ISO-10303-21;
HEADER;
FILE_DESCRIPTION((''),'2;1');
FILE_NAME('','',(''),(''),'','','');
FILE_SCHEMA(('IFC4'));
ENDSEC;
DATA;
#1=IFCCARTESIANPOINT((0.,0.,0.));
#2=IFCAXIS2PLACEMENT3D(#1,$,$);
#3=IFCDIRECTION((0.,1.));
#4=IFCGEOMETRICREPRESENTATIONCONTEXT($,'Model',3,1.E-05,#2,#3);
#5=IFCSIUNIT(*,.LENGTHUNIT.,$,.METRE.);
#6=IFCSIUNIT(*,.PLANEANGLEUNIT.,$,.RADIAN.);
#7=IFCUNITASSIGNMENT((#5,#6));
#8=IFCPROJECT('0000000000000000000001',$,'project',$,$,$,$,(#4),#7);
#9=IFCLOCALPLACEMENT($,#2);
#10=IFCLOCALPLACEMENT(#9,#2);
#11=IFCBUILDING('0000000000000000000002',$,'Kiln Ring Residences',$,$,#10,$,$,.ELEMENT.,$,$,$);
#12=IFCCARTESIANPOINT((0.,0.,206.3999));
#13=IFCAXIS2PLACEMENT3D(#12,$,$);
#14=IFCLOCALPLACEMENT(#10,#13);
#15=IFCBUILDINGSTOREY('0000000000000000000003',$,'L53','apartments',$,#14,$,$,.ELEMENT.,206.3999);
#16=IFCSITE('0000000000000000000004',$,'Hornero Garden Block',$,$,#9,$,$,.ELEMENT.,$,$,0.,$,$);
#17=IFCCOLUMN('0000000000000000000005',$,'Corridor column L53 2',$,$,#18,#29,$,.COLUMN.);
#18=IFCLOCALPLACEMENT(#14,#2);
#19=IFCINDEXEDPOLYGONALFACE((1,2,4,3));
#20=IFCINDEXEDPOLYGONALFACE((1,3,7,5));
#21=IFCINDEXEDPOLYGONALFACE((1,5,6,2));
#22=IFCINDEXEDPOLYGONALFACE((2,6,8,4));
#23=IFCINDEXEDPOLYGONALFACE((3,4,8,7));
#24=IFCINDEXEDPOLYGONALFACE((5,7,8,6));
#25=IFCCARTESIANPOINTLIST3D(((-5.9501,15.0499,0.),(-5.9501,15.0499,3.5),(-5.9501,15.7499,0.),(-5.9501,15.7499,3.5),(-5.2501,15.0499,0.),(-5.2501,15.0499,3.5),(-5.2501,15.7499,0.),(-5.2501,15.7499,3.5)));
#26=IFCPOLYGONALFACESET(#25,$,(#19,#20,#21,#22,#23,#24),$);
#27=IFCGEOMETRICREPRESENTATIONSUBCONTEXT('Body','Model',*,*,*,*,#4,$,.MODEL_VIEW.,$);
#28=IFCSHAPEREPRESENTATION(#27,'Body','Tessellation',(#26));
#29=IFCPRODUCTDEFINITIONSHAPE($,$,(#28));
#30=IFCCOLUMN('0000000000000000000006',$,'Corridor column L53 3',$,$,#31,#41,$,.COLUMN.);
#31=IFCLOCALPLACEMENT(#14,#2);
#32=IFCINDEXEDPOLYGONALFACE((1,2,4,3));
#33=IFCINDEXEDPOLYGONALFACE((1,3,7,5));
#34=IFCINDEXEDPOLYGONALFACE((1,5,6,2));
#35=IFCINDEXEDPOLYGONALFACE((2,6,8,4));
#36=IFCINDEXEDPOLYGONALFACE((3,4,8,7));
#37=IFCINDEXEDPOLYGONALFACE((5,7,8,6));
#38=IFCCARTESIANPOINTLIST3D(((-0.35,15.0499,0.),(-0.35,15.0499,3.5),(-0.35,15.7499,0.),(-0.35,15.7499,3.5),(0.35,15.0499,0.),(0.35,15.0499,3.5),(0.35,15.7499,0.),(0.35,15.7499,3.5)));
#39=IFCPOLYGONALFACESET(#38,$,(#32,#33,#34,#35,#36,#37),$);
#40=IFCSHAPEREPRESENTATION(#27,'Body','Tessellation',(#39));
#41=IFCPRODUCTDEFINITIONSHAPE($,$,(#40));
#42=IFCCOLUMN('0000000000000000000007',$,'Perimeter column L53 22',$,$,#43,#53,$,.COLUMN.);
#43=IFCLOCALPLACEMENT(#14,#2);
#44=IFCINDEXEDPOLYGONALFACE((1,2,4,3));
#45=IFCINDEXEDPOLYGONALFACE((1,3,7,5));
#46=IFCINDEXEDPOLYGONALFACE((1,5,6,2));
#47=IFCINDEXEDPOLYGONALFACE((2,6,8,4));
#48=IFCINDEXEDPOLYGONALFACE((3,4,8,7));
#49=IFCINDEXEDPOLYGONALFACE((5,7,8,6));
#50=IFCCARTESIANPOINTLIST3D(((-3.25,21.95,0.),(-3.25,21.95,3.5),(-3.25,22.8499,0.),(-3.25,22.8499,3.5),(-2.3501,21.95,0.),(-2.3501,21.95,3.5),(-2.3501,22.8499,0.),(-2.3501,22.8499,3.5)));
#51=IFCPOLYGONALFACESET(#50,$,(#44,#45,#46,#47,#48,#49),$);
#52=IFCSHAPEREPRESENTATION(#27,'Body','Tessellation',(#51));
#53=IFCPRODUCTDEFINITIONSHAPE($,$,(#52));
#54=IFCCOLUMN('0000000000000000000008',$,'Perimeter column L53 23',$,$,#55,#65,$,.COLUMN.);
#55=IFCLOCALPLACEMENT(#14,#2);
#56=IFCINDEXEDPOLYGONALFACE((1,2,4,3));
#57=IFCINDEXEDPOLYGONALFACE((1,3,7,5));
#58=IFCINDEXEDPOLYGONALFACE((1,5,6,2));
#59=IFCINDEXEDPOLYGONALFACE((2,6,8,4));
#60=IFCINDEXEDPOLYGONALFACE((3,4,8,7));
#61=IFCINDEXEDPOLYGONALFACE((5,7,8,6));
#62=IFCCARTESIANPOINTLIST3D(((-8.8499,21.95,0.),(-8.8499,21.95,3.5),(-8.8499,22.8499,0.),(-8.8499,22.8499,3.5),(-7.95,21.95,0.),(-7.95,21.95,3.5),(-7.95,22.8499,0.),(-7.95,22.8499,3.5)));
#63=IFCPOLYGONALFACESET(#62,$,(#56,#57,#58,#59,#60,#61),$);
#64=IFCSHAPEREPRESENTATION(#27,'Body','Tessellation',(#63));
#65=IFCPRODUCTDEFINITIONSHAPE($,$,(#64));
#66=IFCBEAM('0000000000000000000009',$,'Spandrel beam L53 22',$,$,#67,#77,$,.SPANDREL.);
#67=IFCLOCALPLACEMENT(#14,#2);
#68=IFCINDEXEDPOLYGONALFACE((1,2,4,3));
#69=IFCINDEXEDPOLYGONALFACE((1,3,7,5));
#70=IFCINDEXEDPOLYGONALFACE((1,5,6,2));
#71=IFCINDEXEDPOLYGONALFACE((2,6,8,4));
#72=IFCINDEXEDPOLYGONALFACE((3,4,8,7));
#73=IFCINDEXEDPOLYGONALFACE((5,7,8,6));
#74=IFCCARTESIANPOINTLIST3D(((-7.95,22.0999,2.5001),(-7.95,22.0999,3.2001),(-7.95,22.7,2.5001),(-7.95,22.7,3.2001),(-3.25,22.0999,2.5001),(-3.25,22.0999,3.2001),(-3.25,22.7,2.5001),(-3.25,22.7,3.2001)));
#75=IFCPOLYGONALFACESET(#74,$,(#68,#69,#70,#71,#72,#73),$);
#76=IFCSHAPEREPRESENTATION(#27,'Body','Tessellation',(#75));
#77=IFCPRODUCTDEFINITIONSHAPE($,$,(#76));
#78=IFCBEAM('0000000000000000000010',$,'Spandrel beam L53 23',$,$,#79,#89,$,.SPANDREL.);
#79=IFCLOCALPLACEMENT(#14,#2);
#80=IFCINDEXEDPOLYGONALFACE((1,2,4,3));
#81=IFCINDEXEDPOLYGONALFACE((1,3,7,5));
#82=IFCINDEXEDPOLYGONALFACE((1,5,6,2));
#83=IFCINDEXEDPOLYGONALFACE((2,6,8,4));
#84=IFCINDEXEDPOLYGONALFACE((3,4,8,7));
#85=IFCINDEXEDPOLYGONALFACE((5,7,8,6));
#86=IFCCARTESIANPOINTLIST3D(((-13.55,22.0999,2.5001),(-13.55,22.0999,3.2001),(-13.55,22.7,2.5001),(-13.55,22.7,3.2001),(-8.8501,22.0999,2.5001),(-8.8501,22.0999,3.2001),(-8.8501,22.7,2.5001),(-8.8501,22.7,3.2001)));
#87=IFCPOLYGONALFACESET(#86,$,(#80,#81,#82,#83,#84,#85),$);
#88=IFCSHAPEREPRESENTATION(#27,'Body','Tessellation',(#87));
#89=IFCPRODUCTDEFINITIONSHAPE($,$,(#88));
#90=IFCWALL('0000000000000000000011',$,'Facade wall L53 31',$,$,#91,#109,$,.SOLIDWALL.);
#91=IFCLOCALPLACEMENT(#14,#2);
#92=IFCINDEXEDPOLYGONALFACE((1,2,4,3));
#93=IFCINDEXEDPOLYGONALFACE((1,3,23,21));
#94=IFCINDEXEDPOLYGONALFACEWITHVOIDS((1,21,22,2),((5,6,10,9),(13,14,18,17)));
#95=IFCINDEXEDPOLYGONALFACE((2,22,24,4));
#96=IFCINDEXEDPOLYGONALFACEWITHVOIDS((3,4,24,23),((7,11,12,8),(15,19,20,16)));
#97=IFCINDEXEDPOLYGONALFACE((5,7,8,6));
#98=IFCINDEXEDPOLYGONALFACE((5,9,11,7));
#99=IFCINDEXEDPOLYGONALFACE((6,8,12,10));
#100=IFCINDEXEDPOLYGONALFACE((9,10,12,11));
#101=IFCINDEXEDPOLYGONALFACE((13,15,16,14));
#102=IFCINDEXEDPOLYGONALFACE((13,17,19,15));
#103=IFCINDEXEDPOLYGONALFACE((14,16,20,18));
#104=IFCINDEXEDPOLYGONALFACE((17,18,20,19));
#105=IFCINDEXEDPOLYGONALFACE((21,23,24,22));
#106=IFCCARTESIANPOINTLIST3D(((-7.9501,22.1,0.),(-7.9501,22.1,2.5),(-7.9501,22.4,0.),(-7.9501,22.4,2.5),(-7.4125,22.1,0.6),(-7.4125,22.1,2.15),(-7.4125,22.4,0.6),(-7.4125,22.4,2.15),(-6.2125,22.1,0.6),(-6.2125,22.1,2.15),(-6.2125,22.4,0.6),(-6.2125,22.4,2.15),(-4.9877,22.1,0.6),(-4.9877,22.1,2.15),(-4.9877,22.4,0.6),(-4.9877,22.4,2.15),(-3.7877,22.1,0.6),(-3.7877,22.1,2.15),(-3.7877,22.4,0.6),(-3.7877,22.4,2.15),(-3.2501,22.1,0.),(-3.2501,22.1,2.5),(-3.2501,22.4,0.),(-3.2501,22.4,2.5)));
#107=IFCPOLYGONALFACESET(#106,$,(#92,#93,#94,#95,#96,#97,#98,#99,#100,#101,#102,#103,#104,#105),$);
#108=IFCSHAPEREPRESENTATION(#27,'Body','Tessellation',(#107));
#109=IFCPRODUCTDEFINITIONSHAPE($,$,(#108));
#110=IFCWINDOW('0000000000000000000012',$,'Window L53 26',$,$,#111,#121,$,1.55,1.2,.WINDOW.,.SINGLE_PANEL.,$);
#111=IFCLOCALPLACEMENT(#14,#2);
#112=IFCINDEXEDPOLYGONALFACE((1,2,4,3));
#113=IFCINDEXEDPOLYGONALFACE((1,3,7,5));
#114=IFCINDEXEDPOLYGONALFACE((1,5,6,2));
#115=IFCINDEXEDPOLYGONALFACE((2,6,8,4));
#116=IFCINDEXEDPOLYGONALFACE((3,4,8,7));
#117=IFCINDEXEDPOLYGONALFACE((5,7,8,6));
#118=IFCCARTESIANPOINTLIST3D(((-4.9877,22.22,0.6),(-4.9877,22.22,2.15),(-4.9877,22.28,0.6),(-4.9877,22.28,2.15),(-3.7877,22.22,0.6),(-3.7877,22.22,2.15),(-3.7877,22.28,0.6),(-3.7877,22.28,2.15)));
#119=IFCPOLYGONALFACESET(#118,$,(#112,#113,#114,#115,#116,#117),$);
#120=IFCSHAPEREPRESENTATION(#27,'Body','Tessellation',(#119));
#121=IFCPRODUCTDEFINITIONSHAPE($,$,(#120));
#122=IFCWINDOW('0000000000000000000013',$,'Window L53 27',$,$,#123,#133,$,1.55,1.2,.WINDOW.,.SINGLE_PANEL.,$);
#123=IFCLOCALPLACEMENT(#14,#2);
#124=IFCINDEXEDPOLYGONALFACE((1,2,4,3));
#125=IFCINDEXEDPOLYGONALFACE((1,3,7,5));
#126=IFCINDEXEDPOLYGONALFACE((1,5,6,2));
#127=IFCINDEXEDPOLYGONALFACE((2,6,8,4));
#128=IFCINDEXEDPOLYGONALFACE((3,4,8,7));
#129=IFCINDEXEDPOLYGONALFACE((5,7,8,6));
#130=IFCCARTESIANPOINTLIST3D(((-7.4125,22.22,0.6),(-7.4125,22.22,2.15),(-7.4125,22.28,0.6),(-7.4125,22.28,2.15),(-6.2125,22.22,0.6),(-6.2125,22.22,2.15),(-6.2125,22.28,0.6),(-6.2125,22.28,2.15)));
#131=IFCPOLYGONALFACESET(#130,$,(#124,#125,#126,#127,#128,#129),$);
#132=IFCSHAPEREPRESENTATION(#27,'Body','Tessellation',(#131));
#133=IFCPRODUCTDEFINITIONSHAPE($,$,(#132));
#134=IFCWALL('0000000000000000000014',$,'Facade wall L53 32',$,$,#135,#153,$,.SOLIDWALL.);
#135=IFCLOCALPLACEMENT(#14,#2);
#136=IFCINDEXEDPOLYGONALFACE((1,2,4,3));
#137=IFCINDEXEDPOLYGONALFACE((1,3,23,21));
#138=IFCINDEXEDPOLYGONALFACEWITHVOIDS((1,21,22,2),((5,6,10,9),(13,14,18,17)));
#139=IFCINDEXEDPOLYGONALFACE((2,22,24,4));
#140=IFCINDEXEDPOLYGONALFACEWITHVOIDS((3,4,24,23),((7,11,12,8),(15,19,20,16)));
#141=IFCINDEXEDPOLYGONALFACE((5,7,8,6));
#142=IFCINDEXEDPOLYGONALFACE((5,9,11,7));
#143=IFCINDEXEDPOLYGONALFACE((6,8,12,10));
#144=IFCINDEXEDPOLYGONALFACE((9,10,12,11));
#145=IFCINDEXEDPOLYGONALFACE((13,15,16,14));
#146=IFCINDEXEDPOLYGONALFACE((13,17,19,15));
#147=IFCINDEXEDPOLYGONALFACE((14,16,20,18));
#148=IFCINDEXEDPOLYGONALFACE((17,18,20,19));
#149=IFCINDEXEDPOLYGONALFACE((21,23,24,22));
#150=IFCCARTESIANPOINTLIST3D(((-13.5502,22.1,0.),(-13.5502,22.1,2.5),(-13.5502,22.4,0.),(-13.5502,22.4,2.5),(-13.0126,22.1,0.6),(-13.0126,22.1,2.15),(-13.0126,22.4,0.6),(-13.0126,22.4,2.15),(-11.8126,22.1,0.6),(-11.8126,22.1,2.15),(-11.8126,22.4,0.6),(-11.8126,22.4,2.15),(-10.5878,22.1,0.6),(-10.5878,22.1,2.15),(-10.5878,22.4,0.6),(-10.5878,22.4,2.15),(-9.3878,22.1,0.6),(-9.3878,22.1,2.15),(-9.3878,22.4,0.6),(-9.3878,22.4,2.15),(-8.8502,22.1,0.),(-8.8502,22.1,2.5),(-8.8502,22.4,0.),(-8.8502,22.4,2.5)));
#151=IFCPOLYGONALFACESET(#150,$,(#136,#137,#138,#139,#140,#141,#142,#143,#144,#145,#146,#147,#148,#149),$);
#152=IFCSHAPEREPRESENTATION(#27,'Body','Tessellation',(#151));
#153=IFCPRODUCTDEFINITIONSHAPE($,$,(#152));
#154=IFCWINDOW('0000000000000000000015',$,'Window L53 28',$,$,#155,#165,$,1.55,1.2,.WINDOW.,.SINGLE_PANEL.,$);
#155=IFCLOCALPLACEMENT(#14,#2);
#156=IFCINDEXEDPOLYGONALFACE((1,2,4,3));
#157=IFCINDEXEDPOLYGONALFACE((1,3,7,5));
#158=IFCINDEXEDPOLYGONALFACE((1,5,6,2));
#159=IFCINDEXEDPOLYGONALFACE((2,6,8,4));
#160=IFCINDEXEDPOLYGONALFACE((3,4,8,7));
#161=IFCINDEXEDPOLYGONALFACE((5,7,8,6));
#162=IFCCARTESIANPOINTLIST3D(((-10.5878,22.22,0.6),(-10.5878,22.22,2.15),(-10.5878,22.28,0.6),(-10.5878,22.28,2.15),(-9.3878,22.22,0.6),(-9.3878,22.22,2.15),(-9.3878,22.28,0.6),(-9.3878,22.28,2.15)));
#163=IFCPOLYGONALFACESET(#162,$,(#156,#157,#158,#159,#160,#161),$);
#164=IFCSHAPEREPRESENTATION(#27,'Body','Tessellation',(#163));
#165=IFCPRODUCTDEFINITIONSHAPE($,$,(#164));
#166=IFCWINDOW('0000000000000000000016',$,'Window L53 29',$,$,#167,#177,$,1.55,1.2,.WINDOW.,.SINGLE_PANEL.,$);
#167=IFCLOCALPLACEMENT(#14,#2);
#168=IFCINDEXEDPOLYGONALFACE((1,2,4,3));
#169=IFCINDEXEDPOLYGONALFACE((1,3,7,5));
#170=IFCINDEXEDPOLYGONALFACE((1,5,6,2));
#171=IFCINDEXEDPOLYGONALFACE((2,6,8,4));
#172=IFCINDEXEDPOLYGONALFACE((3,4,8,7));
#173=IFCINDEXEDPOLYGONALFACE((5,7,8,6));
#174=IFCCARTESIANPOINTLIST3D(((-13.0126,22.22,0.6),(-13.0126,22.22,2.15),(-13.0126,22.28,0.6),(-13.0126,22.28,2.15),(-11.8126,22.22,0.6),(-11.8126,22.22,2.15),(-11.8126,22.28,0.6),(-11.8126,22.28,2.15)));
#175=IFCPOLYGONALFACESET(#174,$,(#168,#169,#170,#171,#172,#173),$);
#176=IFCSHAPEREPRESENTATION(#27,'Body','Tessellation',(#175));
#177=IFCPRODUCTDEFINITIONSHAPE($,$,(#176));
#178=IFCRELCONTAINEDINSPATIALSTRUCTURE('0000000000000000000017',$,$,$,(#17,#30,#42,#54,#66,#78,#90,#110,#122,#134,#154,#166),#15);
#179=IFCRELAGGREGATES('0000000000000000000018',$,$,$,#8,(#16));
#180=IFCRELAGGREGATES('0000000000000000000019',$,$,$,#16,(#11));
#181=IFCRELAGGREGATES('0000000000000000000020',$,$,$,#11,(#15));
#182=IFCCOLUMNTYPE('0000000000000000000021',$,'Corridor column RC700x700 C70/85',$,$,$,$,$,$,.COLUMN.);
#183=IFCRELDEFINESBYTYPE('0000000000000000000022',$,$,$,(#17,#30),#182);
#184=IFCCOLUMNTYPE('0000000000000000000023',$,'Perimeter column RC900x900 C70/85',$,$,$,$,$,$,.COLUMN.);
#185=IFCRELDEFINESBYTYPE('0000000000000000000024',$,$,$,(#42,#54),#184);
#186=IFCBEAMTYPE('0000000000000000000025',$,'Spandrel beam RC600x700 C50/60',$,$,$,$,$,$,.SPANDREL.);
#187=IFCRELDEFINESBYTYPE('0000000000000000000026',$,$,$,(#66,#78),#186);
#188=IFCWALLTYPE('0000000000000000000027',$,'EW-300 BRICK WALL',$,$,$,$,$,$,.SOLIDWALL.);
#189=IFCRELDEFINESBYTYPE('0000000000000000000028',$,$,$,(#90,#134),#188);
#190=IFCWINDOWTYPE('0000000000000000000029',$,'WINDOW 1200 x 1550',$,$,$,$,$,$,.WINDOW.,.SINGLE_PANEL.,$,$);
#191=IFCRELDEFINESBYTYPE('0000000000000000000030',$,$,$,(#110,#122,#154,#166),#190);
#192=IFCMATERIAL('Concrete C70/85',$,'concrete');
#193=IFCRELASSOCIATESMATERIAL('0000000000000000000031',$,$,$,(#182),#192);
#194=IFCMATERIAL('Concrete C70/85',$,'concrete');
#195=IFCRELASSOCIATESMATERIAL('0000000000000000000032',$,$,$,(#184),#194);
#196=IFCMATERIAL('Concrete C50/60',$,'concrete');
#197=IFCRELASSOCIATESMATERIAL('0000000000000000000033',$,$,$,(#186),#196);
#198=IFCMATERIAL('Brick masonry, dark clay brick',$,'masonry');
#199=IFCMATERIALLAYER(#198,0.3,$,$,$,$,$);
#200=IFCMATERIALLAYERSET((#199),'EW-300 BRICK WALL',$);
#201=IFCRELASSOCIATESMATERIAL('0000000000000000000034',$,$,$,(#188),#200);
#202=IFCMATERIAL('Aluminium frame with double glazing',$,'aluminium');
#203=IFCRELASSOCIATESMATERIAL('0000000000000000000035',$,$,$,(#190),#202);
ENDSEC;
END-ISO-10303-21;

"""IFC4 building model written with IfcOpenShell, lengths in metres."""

from ifc_helpers import new_model, si_unit, direction, frame, frame_2d, origin, origin_2d, place, context, subcontext, project, spatial, rectangle, extrude, material, layer, layer_set, material_profile, profile_set, type_object, element, fill, save


model = new_model("IFC4")

# Units and contexts
model_context = context("Model", 3, precision=1e-05, world=origin(), true_north=direction((0.0, 1.0)))
body_context = subcontext(model_context, "Body", "Model", "MODEL_VIEW")
ifc_project = project(units=[si_unit("LENGTHUNIT", "METRE"), si_unit("PLANEANGLEUNIT", "RADIAN")], contexts=[model_context])

# Site, building, storey
site_placement = place(None, origin())
site = spatial("IfcSite", under=ifc_project, at=site_placement, Name="Hornero Garden Block", CompositionType="ELEMENT", RefElevation=0.0)
building_placement = place(site_placement, origin())
building = spatial("IfcBuilding", under=site, at=building_placement, Name="Kiln Ring Residences", CompositionType="ELEMENT")
storey_placement = place(building_placement, frame((0.0, 0.0, 206.3999)))
storey = spatial("IfcBuildingStorey", under=building, at=storey_placement, Name="L53", Description="apartments", CompositionType="ELEMENT", Elevation=206.3999)

# Columns
ifc_material_1 = material(Name="Concrete C70/85", Category="concrete")
ifc_material_profile_1 = material_profile(ifc_material_1, rectangle(XDim=0.7, YDim=0.7, at=origin_2d()), Name="RC700x700")
ifc_profile_set_1 = profile_set([ifc_material_profile_1], Name="Concrete C70/85")
column_type_1 = type_object("IfcColumnType", Name="Corridor column RC700x700 C70/85", PredefinedType="COLUMN", material=ifc_profile_set_1)
for number, where, z_axis, x_axis, name in (
    (1, (-5.6001, 15.3999, 0.0), (0.0, 0.0, 1.0), (1.0, 0.0, 0.0), "Corridor column L53 2"),
    (2, (0.0, 15.3999, 0.0), (0.0, 0.0, 1.0), (1.0, 0.0, 0.0), "Corridor column L53 3"),
):
    element("IfcColumn", number, at=place(storey_placement, frame(where, z_axis=z_axis, x_axis=x_axis)), inside=storey, type_object=column_type_1, Name=name, PredefinedType="COLUMN", context=body_context, shape_type="SweptSolid", body=[
        extrude(rectangle(XDim=0.7, YDim=0.7, at=origin_2d()), origin(), (0.0, 0.0, 1.0), 3.5),
    ])
ifc_material_2 = material(Name="Concrete C70/85", Category="concrete")
ifc_material_profile_2 = material_profile(ifc_material_2, rectangle(XDim=0.8999, YDim=0.8999, at=origin_2d()), Name="RC900x900")
ifc_profile_set_2 = profile_set([ifc_material_profile_2], Name="Concrete C70/85")
column_type_2 = type_object("IfcColumnType", Name="Perimeter column RC900x900 C70/85", PredefinedType="COLUMN", material=ifc_profile_set_2)
for number, where, z_axis, x_axis, name in (
    (3, (-2.8, 22.3999, 0.0), (0.0, 0.0, 1.0), (1.0, 0.0, 0.0), "Perimeter column L53 22"),
    (4, (-8.3999, 22.3999, 0.0), (0.0, 0.0, 1.0), (1.0, 0.0, 0.0), "Perimeter column L53 23"),
):
    element("IfcColumn", number, at=place(storey_placement, frame(where, z_axis=z_axis, x_axis=x_axis)), inside=storey, type_object=column_type_2, Name=name, PredefinedType="COLUMN", context=body_context, shape_type="SweptSolid", body=[
        extrude(rectangle(XDim=0.8999, YDim=0.8999, at=origin_2d()), origin(), (0.0, 0.0, 1.0), 3.5),
    ])

# Beams
ifc_material_3 = material(Name="Concrete C50/60", Category="concrete")
ifc_material_profile_3 = material_profile(ifc_material_3, rectangle(XDim=0.6001, YDim=0.7, at=origin_2d()), Name="RC600x700")
ifc_profile_set_3 = profile_set([ifc_material_profile_3], Name="Concrete C50/60")
beam_type = type_object("IfcBeamType", Name="Spandrel beam RC600x700 C50/60", PredefinedType="SPANDREL", material=ifc_profile_set_3)
for number, where, z_axis, x_axis, name in (
    (5, (-3.25, 22.3999, 2.8501), (-1.0, 0.0, 0.0), (0.0, -1.0, 0.0), "Spandrel beam L53 22"),
    (6, (-8.8501, 22.3999, 2.8501), (-1.0, 0.0, 0.0), (0.0, -1.0, 0.0), "Spandrel beam L53 23"),
):
    element("IfcBeam", number, at=place(storey_placement, frame(where, z_axis=z_axis, x_axis=x_axis)), inside=storey, type_object=beam_type, Name=name, PredefinedType="SPANDREL", context=body_context, shape_type="SweptSolid", body=[
        extrude(rectangle(XDim=0.6001, YDim=0.7, at=origin_2d()), origin(), (0.0, 0.0, 1.0), 4.7),
    ])

# Walls, openings, windows
ifc_material_4 = material(Name="Brick masonry, dark clay brick", Category="masonry")
ifc_layer_1 = layer(ifc_material_4, 0.3)
ifc_layer_set_1 = layer_set([ifc_layer_1], Name="EW-300 BRICK WALL")
wall_type_1 = type_object("IfcWallType", Name="EW-300 BRICK WALL", PredefinedType="SOLIDWALL", material=ifc_layer_set_1)
wall_1_placement = place(storey_placement, frame((-3.25, 22.25, 0.0), z_axis=(0.0, 0.0, 1.0), x_axis=(-1.0, 0.0, 0.0)))
wall_1 = element("IfcWall", 7, at=wall_1_placement, inside=storey, type_object=wall_type_1, Name="Facade wall L53 31", PredefinedType="SOLIDWALL", context=body_context, shape_type="SweptSolid", body=[
    extrude(rectangle(XDim=4.7, YDim=0.3, at=frame_2d((2.3501, 0.0))), origin(), (0.0, 0.0, 1.0), 2.5),
])
opening_1_placement = place(wall_1_placement, frame((0.5376, 0.0, 0.6001)))
opening_1 = element("IfcOpeningElement", 8, at=opening_1_placement, cuts=wall_1, PredefinedType="OPENING", context=body_context, shape_type="SweptSolid", body=[
    extrude(rectangle(XDim=1.2, YDim=1.55, at=frame_2d((0.6001, 0.7749))), frame((0.0, 0.1599, 0.0), z_axis=(0.0, -1.0, 0.0), x_axis=(1.0, 0.0, 0.0)), (0.0, 0.0, 1.0), 0.3201),
])
opening_2_placement = place(wall_1_placement, frame((2.9624, 0.0, 0.6001)))
opening_2 = element("IfcOpeningElement", 9, at=opening_2_placement, cuts=wall_1, PredefinedType="OPENING", context=body_context, shape_type="SweptSolid", body=[
    extrude(rectangle(XDim=1.2, YDim=1.55, at=frame_2d((0.6001, 0.7749))), frame((0.0, 0.1599, 0.0), z_axis=(0.0, -1.0, 0.0), x_axis=(1.0, 0.0, 0.0)), (0.0, 0.0, 1.0), 0.3201),
])
ifc_material_5 = material(Name="Aluminium frame with double glazing", Category="aluminium")
window_type = type_object("IfcWindowType", Name="WINDOW 1200 x 1550", PartitioningType="SINGLE_PANEL", PredefinedType="WINDOW", material=ifc_material_5)
window_1_placement = place(opening_1_placement, origin())
window_1 = element("IfcWindow", 10, at=window_1_placement, inside=storey, type_object=window_type, Name="Window L53 26", OverallHeight=1.55, OverallWidth=1.2, PartitioningType="SINGLE_PANEL", PredefinedType="WINDOW", context=body_context, shape_type="SweptSolid", body=[
    extrude(rectangle(XDim=1.2, YDim=1.55, at=frame_2d((0.6001, 0.7749))), frame((0.0, 0.03, 0.0), z_axis=(0.0, -1.0, 0.0), x_axis=(1.0, 0.0, 0.0)), (0.0, 0.0, 1.0), 0.0601),
])
fill(opening_1, window_1)
window_2_placement = place(opening_2_placement, origin())
window_2 = element("IfcWindow", 11, at=window_2_placement, inside=storey, type_object=window_type, Name="Window L53 27", OverallHeight=1.55, OverallWidth=1.2, PartitioningType="SINGLE_PANEL", PredefinedType="WINDOW", context=body_context, shape_type="SweptSolid", body=[
    extrude(rectangle(XDim=1.2, YDim=1.55, at=frame_2d((0.6001, 0.7749))), frame((0.0, 0.03, 0.0), z_axis=(0.0, -1.0, 0.0), x_axis=(1.0, 0.0, 0.0)), (0.0, 0.0, 1.0), 0.0601),
])
fill(opening_2, window_2)
wall_2_placement = place(storey_placement, frame((-8.8501, 22.25, 0.0), z_axis=(0.0, 0.0, 1.0), x_axis=(-1.0, 0.0, 0.0)))
wall_2 = element("IfcWall", 12, at=wall_2_placement, inside=storey, type_object=wall_type_1, Name="Facade wall L53 32", PredefinedType="SOLIDWALL", context=body_context, shape_type="SweptSolid", body=[
    extrude(rectangle(XDim=4.7, YDim=0.3, at=frame_2d((2.3501, 0.0))), origin(), (0.0, 0.0, 1.0), 2.5),
])
opening_3_placement = place(wall_2_placement, frame((0.5376, 0.0, 0.6001)))
opening_3 = element("IfcOpeningElement", 13, at=opening_3_placement, cuts=wall_2, PredefinedType="OPENING", context=body_context, shape_type="SweptSolid", body=[
    extrude(rectangle(XDim=1.2, YDim=1.55, at=frame_2d((0.6001, 0.7749))), frame((0.0, 0.1599, 0.0), z_axis=(0.0, -1.0, 0.0), x_axis=(1.0, 0.0, 0.0)), (0.0, 0.0, 1.0), 0.3201),
])
opening_4_placement = place(wall_2_placement, frame((2.9624, 0.0, 0.6001)))
opening_4 = element("IfcOpeningElement", 14, at=opening_4_placement, cuts=wall_2, PredefinedType="OPENING", context=body_context, shape_type="SweptSolid", body=[
    extrude(rectangle(XDim=1.2, YDim=1.55, at=frame_2d((0.6001, 0.7749))), frame((0.0, 0.1599, 0.0), z_axis=(0.0, -1.0, 0.0), x_axis=(1.0, 0.0, 0.0)), (0.0, 0.0, 1.0), 0.3201),
])
window_3_placement = place(opening_3_placement, origin())
window_3 = element("IfcWindow", 15, at=window_3_placement, inside=storey, type_object=window_type, Name="Window L53 28", OverallHeight=1.55, OverallWidth=1.2, PartitioningType="SINGLE_PANEL", PredefinedType="WINDOW", context=body_context, shape_type="SweptSolid", body=[
    extrude(rectangle(XDim=1.2, YDim=1.55, at=frame_2d((0.6001, 0.7749))), frame((0.0, 0.03, 0.0), z_axis=(0.0, -1.0, 0.0), x_axis=(1.0, 0.0, 0.0)), (0.0, 0.0, 1.0), 0.0601),
])
fill(opening_3, window_3)
window_4_placement = place(opening_4_placement, origin())
window_4 = element("IfcWindow", 16, at=window_4_placement, inside=storey, type_object=window_type, Name="Window L53 29", OverallHeight=1.55, OverallWidth=1.2, PartitioningType="SINGLE_PANEL", PredefinedType="WINDOW", context=body_context, shape_type="SweptSolid", body=[
    extrude(rectangle(XDim=1.2, YDim=1.55, at=frame_2d((0.6001, 0.7749))), frame((0.0, 0.03, 0.0), z_axis=(0.0, -1.0, 0.0), x_axis=(1.0, 0.0, 0.0)), (0.0, 0.0, 1.0), 0.0601),
])
fill(opening_4, window_4)

save(model, "model.ifc")
